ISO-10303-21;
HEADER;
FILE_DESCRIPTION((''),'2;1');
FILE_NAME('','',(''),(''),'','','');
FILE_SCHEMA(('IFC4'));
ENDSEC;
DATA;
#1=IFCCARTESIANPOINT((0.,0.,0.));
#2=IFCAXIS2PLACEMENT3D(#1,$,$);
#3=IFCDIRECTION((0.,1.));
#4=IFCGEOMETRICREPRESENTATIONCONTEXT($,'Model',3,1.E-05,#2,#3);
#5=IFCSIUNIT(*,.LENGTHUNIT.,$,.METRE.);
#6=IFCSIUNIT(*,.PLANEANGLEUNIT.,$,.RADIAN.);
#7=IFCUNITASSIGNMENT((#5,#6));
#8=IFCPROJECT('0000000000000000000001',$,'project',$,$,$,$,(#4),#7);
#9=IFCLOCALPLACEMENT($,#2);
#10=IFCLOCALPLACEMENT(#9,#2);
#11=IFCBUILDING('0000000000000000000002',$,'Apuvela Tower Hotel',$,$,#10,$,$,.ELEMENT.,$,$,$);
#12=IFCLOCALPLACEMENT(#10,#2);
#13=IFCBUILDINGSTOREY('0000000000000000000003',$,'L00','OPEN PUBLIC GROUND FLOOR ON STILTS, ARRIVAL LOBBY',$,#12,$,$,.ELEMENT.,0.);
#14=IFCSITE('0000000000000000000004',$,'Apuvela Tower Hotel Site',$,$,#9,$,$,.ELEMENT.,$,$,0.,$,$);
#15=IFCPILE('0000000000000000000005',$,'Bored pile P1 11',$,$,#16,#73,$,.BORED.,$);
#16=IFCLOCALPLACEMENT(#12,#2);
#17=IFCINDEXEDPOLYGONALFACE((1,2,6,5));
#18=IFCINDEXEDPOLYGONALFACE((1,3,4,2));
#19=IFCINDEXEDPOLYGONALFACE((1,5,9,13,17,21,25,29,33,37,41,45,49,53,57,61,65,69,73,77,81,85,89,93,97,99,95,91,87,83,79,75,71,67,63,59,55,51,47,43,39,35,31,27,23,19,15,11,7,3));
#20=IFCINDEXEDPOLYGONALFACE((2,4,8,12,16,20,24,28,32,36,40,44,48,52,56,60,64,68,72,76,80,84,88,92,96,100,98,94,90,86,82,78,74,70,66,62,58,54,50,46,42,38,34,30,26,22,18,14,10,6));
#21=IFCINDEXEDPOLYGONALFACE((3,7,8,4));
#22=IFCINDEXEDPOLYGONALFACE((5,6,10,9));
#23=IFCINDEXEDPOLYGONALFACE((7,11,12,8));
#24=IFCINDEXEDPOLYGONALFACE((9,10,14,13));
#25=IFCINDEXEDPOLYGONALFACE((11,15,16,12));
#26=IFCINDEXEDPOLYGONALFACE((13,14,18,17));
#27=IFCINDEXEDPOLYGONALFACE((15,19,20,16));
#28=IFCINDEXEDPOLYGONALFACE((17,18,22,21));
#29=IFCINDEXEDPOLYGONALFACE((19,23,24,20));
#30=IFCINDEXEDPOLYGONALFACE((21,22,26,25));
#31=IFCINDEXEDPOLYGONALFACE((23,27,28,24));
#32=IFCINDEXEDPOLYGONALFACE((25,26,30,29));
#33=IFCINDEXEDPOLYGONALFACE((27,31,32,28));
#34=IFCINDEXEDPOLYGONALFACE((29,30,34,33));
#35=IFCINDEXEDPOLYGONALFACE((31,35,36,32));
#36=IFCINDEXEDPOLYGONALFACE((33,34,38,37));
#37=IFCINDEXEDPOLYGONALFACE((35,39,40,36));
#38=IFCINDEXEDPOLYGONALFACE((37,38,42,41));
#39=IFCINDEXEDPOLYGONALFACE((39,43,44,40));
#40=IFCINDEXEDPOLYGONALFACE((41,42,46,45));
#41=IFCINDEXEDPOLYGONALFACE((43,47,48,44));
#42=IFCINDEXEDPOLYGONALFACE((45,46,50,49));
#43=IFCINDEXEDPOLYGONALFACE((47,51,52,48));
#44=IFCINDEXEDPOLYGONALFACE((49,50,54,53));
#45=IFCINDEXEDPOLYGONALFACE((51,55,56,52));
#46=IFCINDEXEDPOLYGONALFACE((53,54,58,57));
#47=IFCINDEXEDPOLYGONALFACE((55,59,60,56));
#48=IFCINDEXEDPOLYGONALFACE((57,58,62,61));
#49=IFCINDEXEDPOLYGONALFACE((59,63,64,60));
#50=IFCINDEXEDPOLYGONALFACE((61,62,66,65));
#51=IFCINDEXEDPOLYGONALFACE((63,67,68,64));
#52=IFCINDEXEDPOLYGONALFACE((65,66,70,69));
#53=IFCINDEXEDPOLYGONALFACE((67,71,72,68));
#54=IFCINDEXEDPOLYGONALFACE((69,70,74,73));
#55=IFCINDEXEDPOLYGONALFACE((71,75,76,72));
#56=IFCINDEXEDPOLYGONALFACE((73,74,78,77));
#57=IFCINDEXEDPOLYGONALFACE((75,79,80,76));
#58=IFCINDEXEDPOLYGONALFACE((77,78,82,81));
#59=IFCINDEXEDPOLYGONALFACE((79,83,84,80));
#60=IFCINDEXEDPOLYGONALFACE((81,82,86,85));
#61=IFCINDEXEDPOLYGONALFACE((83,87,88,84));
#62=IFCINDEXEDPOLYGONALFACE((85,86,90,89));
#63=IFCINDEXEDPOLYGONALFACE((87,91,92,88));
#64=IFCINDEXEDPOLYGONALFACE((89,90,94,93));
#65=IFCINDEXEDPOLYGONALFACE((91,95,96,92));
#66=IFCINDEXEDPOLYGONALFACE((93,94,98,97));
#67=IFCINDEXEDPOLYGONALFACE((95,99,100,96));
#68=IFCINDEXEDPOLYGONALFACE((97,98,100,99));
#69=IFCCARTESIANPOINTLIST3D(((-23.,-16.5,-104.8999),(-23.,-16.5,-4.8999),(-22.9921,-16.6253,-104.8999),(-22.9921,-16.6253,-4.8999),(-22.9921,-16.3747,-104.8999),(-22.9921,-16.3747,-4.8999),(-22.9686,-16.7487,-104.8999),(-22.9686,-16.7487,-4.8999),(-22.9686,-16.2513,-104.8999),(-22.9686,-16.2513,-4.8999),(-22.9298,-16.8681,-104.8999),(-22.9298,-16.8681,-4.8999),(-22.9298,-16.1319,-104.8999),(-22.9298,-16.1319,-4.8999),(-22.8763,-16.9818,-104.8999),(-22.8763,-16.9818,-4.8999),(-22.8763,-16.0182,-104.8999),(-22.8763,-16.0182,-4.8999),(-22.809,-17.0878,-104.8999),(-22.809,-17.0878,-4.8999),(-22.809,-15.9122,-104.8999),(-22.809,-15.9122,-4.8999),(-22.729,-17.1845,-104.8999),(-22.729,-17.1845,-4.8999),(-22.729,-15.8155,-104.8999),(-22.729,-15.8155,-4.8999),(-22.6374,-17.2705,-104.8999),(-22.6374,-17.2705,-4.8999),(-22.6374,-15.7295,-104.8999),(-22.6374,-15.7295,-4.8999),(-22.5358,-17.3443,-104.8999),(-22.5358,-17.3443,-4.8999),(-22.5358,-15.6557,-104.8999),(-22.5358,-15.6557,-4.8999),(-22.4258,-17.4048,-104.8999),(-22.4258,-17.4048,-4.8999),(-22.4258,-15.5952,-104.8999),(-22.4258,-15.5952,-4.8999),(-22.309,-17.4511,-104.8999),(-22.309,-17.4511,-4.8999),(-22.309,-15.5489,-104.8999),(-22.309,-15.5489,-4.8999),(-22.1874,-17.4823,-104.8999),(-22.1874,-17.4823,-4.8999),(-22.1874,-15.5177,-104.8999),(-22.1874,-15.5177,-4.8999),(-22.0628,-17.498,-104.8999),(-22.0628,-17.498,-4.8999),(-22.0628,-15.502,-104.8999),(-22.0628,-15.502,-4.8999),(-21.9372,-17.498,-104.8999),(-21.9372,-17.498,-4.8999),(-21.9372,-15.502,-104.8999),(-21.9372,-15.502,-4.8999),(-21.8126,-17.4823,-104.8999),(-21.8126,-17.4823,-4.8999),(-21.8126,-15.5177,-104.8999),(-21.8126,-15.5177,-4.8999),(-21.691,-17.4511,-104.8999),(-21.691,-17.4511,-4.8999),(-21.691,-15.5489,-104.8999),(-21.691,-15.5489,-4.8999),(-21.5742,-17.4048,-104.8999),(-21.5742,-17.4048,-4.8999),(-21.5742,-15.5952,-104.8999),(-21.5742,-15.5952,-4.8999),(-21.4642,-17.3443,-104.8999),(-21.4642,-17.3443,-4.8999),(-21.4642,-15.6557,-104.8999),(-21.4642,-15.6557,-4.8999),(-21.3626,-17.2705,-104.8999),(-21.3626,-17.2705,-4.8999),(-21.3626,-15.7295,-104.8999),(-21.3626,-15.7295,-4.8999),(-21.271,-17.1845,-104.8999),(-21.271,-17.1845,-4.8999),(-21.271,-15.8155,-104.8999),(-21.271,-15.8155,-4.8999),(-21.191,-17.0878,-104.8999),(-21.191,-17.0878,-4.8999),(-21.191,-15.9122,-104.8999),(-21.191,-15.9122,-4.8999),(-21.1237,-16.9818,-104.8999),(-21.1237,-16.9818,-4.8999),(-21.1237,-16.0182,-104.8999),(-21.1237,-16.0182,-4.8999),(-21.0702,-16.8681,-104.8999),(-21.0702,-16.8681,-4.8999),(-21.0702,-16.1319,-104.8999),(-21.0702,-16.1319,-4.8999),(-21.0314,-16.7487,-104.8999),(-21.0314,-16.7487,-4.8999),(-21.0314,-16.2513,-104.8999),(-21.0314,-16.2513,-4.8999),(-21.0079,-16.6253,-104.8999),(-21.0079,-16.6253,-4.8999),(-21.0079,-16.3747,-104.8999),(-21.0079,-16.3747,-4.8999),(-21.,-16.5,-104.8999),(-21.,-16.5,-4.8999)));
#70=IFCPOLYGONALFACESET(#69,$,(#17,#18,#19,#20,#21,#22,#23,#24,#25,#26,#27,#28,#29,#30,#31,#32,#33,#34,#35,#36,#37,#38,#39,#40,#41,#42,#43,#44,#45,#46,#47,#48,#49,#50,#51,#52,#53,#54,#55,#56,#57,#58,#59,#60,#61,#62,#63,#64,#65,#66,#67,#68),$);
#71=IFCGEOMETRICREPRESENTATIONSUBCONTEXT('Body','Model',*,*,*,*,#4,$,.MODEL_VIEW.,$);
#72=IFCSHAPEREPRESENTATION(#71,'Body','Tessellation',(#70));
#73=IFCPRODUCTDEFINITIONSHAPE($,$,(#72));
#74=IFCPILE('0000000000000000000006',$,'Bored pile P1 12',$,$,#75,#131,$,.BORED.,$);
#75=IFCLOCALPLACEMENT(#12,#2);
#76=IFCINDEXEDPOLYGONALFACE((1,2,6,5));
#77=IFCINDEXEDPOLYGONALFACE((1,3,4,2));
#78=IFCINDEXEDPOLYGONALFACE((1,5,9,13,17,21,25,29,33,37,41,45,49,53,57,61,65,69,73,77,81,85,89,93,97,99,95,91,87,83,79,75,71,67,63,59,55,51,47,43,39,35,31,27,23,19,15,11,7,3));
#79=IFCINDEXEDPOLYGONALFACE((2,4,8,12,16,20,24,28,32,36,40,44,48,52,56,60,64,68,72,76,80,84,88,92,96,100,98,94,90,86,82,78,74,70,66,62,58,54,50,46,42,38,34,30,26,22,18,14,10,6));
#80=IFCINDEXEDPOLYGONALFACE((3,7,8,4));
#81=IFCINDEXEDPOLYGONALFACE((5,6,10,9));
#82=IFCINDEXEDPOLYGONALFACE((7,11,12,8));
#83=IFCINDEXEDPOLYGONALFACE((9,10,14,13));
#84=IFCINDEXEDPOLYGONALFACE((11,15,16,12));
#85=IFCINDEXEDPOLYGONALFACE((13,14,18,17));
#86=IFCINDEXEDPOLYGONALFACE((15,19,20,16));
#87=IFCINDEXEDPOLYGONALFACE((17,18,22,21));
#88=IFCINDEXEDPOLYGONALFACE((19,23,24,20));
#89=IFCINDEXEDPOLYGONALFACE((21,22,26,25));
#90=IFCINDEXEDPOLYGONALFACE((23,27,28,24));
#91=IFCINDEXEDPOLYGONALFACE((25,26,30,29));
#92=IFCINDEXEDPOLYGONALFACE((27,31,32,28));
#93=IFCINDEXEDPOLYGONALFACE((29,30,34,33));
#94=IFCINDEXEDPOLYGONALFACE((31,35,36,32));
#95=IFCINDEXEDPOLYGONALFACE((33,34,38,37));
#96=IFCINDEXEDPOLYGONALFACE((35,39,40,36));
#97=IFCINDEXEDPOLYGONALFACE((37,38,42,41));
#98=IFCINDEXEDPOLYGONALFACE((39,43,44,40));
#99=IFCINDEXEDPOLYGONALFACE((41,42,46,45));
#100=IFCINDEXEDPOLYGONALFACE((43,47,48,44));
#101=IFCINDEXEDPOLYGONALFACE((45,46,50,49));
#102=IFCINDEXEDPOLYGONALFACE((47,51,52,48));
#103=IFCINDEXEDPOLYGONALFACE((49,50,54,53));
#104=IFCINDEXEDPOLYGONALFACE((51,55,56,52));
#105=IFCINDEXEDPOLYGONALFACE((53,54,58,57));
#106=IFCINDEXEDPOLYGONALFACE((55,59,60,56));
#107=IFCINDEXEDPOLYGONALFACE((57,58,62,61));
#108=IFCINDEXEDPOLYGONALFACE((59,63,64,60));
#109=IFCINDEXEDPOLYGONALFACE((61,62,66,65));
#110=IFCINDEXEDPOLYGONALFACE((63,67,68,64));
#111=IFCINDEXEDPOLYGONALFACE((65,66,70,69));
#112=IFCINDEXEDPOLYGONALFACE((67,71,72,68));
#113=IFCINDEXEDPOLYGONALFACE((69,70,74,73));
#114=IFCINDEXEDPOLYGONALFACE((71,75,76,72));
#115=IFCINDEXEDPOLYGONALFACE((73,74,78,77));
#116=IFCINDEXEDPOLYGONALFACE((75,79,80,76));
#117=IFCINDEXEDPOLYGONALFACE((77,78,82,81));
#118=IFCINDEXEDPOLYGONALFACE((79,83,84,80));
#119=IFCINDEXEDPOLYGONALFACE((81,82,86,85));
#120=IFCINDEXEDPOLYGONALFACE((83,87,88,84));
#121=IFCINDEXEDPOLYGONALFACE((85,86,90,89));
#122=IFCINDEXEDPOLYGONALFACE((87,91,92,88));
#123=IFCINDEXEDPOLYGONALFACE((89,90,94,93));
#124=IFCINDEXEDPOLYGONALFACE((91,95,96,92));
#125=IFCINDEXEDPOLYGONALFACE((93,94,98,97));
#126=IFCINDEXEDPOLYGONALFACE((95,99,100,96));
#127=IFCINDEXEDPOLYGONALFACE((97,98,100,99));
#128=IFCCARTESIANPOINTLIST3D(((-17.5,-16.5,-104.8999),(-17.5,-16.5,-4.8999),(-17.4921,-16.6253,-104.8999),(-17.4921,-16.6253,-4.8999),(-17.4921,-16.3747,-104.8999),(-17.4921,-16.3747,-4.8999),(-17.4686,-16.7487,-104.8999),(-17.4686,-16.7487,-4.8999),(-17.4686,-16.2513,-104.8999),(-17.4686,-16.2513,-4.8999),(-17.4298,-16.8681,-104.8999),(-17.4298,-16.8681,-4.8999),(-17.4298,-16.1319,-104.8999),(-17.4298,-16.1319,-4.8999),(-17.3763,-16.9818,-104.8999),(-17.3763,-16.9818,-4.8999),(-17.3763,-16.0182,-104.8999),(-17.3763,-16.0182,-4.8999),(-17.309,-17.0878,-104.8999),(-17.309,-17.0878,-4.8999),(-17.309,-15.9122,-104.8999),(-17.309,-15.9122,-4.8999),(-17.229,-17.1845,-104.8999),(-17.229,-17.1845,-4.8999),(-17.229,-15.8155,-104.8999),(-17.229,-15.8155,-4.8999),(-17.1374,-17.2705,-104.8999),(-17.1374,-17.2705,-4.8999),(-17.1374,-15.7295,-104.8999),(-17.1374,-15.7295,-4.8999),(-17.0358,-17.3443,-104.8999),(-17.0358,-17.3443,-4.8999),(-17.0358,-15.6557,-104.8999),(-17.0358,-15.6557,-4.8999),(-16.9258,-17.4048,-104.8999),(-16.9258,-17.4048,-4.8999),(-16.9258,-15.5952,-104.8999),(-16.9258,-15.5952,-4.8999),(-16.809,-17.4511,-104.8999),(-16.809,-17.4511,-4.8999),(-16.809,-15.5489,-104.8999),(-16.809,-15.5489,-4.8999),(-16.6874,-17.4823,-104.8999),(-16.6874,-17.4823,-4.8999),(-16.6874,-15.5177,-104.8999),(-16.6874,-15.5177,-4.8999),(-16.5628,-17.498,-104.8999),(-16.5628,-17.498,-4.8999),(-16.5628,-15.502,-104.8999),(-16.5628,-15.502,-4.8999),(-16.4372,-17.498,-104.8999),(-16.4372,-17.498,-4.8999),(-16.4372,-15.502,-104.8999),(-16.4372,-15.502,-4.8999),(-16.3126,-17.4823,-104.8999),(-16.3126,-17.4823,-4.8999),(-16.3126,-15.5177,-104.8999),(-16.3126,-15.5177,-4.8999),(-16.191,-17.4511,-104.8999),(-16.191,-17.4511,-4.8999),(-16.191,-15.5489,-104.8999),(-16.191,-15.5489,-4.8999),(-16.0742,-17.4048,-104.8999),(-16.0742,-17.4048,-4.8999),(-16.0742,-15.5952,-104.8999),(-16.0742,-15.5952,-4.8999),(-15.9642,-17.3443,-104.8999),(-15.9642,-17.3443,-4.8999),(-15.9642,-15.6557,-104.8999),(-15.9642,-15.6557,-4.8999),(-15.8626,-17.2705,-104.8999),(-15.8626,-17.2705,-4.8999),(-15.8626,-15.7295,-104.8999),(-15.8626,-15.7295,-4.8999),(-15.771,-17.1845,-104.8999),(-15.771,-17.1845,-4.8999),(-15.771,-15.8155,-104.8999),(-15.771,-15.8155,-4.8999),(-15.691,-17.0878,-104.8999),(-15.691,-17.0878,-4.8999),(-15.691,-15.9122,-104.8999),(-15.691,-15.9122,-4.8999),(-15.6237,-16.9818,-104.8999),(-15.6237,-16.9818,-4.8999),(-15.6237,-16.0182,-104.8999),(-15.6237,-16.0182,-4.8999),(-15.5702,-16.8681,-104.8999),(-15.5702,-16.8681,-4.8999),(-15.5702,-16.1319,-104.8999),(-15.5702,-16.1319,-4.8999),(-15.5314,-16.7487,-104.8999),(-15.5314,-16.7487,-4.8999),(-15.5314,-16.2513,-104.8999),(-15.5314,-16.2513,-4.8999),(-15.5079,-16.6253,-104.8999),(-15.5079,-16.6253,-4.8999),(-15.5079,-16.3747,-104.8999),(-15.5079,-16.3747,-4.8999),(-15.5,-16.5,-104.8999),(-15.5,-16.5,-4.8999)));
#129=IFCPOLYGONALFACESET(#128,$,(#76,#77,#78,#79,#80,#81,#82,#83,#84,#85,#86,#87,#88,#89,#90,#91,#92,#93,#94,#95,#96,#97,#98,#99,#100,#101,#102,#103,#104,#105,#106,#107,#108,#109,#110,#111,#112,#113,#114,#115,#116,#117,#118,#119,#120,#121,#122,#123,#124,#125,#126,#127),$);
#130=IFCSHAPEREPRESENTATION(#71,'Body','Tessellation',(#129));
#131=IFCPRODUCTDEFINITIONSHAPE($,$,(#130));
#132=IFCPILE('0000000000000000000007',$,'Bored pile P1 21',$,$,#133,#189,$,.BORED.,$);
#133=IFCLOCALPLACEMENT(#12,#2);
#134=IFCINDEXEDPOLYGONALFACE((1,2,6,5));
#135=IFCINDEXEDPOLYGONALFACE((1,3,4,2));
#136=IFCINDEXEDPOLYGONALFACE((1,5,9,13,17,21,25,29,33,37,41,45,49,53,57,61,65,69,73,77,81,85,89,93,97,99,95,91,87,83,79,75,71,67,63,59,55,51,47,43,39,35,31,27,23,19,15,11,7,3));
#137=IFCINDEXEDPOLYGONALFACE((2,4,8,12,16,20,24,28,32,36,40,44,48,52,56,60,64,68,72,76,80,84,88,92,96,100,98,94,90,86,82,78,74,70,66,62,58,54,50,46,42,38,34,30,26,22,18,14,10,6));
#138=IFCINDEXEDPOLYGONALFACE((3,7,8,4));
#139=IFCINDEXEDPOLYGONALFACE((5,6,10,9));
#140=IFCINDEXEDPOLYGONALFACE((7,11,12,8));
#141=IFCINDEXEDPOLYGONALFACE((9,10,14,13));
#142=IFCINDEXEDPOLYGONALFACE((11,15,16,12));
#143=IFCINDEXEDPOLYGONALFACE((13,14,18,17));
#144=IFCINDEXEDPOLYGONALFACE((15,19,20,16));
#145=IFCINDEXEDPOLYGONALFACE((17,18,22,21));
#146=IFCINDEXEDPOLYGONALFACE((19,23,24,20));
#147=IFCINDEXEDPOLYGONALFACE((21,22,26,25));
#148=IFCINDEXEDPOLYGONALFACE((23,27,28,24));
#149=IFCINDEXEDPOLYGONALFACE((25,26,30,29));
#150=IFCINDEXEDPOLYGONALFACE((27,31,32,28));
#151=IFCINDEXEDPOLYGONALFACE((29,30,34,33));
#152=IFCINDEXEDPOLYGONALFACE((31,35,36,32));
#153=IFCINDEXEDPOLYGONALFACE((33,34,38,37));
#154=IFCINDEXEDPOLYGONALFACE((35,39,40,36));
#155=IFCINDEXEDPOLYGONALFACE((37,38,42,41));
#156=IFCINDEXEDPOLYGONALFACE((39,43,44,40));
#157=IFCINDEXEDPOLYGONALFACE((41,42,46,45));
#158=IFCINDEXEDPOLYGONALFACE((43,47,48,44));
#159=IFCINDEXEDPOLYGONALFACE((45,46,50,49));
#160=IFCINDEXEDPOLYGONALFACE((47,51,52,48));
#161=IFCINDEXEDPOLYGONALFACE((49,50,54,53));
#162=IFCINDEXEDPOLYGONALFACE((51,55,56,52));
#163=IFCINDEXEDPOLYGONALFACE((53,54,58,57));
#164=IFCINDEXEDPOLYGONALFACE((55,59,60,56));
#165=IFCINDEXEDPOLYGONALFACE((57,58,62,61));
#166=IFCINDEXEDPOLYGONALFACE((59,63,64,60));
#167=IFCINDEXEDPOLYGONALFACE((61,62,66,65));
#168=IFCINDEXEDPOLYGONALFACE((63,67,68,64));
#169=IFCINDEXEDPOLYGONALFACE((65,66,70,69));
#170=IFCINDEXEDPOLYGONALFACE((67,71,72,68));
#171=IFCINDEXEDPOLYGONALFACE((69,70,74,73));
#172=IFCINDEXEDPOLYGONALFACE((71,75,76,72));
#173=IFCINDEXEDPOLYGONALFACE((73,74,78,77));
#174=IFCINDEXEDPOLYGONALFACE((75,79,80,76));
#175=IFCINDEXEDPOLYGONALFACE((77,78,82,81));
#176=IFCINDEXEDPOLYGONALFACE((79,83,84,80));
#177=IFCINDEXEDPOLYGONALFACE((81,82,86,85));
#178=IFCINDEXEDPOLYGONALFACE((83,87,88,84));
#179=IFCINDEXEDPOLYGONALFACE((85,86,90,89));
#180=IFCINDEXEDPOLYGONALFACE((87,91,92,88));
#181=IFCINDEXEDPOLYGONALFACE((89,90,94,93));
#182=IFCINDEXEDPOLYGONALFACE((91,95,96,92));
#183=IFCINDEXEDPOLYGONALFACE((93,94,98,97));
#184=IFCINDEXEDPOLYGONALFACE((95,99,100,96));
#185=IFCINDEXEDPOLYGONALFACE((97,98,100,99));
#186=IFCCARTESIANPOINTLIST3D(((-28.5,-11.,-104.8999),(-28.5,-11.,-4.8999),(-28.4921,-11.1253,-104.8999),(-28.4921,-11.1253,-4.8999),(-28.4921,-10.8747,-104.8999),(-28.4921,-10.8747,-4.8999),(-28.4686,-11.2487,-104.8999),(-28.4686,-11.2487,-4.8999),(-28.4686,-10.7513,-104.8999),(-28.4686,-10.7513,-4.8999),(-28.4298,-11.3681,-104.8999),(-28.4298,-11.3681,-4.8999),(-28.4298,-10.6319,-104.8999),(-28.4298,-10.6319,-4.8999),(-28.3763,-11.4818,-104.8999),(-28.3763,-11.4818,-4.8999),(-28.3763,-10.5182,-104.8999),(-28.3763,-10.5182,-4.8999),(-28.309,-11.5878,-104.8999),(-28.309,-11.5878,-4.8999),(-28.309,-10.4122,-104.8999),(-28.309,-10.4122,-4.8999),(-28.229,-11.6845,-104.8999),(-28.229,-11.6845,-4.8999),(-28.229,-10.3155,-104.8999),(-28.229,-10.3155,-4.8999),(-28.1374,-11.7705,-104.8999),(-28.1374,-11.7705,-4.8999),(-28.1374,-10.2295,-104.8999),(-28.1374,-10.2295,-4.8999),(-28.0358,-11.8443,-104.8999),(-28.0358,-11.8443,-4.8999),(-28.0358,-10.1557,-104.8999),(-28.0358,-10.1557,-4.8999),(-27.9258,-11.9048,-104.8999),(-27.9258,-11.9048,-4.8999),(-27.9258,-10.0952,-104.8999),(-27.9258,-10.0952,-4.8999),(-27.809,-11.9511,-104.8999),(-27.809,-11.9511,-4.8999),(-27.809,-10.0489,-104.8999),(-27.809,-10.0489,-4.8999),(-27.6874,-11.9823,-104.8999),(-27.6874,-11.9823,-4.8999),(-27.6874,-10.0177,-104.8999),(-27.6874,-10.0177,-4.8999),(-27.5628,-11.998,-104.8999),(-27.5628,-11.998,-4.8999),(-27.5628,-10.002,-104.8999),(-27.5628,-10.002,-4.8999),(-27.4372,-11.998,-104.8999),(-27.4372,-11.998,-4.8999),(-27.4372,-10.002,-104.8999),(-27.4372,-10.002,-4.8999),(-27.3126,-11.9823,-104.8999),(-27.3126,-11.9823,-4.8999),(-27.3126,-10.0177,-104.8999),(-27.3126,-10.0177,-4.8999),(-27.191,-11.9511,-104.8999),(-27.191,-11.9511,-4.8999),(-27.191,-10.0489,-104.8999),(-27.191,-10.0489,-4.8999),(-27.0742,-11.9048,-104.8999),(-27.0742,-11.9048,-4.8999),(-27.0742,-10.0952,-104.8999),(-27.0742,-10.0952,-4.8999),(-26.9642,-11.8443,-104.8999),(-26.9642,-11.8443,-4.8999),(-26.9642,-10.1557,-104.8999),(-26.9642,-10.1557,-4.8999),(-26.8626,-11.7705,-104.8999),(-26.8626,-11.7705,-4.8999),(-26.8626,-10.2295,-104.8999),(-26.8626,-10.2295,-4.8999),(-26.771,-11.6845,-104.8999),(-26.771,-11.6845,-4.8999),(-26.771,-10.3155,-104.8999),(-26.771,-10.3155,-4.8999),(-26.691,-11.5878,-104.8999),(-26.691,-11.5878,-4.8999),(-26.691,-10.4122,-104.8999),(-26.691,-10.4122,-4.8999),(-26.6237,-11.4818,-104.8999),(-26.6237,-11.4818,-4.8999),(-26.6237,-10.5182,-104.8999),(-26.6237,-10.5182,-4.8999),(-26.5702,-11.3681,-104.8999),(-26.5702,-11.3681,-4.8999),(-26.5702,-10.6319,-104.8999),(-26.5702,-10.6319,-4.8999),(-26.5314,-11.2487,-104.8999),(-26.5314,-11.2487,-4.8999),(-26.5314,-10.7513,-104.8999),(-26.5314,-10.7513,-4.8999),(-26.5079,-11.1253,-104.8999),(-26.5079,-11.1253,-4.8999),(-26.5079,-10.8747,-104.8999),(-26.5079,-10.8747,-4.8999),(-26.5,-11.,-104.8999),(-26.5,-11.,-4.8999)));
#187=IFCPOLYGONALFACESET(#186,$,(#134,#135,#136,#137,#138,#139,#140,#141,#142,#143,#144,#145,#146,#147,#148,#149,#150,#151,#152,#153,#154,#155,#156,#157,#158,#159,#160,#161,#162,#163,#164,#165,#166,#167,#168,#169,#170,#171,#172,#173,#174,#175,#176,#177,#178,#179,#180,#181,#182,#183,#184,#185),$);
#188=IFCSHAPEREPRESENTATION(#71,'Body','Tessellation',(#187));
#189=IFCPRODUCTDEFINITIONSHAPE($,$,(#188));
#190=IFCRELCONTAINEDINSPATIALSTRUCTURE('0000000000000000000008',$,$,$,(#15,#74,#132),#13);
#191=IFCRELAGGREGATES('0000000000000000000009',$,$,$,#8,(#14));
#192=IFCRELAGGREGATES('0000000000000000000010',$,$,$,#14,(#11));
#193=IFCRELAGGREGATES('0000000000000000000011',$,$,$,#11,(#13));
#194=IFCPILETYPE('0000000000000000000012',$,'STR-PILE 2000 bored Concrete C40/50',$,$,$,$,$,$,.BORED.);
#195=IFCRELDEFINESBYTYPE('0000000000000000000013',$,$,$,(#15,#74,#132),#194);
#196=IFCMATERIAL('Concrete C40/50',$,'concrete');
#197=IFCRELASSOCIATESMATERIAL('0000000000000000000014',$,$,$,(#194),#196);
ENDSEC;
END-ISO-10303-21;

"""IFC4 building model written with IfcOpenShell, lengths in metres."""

from ifc_helpers import new_model, si_unit, direction, frame, origin, origin_2d, place, context, subcontext, project, spatial, circle, extrude, material, material_profile, profile_set, type_object, element, save


model = new_model("IFC4")

# Units and contexts
model_context = context("Model", 3, precision=1e-05, world=origin(), true_north=direction((0.0, 1.0)))
body_context = subcontext(model_context, "Body", "Model", "MODEL_VIEW")
ifc_project = project(units=[si_unit("LENGTHUNIT", "METRE"), si_unit("PLANEANGLEUNIT", "RADIAN")], contexts=[model_context])

# Site, building, storey
site_placement = place(None, origin())
site = spatial("IfcSite", under=ifc_project, at=site_placement, Name="Apuvela Tower Hotel Site", CompositionType="ELEMENT", RefElevation=0.0)
building_placement = place(site_placement, origin())
building = spatial("IfcBuilding", under=site, at=building_placement, Name="Apuvela Tower Hotel", CompositionType="ELEMENT")
storey_placement = place(building_placement, origin())
storey = spatial("IfcBuildingStorey", under=building, at=storey_placement, Name="L00", Description="OPEN PUBLIC GROUND FLOOR ON STILTS, ARRIVAL LOBBY", CompositionType="ELEMENT", Elevation=0.0)

# Piles
ifc_material_1 = material(Name="Concrete C40/50", Category="concrete")
ifc_material_profile_1 = material_profile(ifc_material_1, circle(Radius=1.0, at=origin_2d()), Name="PILE 2000")
ifc_profile_set_1 = profile_set([ifc_material_profile_1], Name="Concrete C40/50")
pile_type = type_object("IfcPileType", Name="STR-PILE 2000 bored Concrete C40/50", PredefinedType="BORED", material=ifc_profile_set_1)
for number, where, z_axis, x_axis, name in (
    (1, (-22.0, -16.5, -4.8999), (0.0, 0.0, -1.0), (1.0, 0.0, 0.0), "Bored pile P1 11"),
    (2, (-16.5, -16.5, -4.8999), (0.0, 0.0, -1.0), (1.0, 0.0, 0.0), "Bored pile P1 12"),
    (3, (-27.5, -11.0, -4.8999), (0.0, 0.0, -1.0), (1.0, 0.0, 0.0), "Bored pile P1 21"),
):
    element("IfcPile", number, at=place(storey_placement, frame(where, z_axis=z_axis, x_axis=x_axis)), inside=storey, type_object=pile_type, Name=name, PredefinedType="BORED", context=body_context, shape_type="SweptSolid", body=[
        extrude(circle(Radius=1.0, at=origin_2d()), origin(), (0.0, 0.0, 1.0), 100.0),
    ])

save(model, "model.ifc")
